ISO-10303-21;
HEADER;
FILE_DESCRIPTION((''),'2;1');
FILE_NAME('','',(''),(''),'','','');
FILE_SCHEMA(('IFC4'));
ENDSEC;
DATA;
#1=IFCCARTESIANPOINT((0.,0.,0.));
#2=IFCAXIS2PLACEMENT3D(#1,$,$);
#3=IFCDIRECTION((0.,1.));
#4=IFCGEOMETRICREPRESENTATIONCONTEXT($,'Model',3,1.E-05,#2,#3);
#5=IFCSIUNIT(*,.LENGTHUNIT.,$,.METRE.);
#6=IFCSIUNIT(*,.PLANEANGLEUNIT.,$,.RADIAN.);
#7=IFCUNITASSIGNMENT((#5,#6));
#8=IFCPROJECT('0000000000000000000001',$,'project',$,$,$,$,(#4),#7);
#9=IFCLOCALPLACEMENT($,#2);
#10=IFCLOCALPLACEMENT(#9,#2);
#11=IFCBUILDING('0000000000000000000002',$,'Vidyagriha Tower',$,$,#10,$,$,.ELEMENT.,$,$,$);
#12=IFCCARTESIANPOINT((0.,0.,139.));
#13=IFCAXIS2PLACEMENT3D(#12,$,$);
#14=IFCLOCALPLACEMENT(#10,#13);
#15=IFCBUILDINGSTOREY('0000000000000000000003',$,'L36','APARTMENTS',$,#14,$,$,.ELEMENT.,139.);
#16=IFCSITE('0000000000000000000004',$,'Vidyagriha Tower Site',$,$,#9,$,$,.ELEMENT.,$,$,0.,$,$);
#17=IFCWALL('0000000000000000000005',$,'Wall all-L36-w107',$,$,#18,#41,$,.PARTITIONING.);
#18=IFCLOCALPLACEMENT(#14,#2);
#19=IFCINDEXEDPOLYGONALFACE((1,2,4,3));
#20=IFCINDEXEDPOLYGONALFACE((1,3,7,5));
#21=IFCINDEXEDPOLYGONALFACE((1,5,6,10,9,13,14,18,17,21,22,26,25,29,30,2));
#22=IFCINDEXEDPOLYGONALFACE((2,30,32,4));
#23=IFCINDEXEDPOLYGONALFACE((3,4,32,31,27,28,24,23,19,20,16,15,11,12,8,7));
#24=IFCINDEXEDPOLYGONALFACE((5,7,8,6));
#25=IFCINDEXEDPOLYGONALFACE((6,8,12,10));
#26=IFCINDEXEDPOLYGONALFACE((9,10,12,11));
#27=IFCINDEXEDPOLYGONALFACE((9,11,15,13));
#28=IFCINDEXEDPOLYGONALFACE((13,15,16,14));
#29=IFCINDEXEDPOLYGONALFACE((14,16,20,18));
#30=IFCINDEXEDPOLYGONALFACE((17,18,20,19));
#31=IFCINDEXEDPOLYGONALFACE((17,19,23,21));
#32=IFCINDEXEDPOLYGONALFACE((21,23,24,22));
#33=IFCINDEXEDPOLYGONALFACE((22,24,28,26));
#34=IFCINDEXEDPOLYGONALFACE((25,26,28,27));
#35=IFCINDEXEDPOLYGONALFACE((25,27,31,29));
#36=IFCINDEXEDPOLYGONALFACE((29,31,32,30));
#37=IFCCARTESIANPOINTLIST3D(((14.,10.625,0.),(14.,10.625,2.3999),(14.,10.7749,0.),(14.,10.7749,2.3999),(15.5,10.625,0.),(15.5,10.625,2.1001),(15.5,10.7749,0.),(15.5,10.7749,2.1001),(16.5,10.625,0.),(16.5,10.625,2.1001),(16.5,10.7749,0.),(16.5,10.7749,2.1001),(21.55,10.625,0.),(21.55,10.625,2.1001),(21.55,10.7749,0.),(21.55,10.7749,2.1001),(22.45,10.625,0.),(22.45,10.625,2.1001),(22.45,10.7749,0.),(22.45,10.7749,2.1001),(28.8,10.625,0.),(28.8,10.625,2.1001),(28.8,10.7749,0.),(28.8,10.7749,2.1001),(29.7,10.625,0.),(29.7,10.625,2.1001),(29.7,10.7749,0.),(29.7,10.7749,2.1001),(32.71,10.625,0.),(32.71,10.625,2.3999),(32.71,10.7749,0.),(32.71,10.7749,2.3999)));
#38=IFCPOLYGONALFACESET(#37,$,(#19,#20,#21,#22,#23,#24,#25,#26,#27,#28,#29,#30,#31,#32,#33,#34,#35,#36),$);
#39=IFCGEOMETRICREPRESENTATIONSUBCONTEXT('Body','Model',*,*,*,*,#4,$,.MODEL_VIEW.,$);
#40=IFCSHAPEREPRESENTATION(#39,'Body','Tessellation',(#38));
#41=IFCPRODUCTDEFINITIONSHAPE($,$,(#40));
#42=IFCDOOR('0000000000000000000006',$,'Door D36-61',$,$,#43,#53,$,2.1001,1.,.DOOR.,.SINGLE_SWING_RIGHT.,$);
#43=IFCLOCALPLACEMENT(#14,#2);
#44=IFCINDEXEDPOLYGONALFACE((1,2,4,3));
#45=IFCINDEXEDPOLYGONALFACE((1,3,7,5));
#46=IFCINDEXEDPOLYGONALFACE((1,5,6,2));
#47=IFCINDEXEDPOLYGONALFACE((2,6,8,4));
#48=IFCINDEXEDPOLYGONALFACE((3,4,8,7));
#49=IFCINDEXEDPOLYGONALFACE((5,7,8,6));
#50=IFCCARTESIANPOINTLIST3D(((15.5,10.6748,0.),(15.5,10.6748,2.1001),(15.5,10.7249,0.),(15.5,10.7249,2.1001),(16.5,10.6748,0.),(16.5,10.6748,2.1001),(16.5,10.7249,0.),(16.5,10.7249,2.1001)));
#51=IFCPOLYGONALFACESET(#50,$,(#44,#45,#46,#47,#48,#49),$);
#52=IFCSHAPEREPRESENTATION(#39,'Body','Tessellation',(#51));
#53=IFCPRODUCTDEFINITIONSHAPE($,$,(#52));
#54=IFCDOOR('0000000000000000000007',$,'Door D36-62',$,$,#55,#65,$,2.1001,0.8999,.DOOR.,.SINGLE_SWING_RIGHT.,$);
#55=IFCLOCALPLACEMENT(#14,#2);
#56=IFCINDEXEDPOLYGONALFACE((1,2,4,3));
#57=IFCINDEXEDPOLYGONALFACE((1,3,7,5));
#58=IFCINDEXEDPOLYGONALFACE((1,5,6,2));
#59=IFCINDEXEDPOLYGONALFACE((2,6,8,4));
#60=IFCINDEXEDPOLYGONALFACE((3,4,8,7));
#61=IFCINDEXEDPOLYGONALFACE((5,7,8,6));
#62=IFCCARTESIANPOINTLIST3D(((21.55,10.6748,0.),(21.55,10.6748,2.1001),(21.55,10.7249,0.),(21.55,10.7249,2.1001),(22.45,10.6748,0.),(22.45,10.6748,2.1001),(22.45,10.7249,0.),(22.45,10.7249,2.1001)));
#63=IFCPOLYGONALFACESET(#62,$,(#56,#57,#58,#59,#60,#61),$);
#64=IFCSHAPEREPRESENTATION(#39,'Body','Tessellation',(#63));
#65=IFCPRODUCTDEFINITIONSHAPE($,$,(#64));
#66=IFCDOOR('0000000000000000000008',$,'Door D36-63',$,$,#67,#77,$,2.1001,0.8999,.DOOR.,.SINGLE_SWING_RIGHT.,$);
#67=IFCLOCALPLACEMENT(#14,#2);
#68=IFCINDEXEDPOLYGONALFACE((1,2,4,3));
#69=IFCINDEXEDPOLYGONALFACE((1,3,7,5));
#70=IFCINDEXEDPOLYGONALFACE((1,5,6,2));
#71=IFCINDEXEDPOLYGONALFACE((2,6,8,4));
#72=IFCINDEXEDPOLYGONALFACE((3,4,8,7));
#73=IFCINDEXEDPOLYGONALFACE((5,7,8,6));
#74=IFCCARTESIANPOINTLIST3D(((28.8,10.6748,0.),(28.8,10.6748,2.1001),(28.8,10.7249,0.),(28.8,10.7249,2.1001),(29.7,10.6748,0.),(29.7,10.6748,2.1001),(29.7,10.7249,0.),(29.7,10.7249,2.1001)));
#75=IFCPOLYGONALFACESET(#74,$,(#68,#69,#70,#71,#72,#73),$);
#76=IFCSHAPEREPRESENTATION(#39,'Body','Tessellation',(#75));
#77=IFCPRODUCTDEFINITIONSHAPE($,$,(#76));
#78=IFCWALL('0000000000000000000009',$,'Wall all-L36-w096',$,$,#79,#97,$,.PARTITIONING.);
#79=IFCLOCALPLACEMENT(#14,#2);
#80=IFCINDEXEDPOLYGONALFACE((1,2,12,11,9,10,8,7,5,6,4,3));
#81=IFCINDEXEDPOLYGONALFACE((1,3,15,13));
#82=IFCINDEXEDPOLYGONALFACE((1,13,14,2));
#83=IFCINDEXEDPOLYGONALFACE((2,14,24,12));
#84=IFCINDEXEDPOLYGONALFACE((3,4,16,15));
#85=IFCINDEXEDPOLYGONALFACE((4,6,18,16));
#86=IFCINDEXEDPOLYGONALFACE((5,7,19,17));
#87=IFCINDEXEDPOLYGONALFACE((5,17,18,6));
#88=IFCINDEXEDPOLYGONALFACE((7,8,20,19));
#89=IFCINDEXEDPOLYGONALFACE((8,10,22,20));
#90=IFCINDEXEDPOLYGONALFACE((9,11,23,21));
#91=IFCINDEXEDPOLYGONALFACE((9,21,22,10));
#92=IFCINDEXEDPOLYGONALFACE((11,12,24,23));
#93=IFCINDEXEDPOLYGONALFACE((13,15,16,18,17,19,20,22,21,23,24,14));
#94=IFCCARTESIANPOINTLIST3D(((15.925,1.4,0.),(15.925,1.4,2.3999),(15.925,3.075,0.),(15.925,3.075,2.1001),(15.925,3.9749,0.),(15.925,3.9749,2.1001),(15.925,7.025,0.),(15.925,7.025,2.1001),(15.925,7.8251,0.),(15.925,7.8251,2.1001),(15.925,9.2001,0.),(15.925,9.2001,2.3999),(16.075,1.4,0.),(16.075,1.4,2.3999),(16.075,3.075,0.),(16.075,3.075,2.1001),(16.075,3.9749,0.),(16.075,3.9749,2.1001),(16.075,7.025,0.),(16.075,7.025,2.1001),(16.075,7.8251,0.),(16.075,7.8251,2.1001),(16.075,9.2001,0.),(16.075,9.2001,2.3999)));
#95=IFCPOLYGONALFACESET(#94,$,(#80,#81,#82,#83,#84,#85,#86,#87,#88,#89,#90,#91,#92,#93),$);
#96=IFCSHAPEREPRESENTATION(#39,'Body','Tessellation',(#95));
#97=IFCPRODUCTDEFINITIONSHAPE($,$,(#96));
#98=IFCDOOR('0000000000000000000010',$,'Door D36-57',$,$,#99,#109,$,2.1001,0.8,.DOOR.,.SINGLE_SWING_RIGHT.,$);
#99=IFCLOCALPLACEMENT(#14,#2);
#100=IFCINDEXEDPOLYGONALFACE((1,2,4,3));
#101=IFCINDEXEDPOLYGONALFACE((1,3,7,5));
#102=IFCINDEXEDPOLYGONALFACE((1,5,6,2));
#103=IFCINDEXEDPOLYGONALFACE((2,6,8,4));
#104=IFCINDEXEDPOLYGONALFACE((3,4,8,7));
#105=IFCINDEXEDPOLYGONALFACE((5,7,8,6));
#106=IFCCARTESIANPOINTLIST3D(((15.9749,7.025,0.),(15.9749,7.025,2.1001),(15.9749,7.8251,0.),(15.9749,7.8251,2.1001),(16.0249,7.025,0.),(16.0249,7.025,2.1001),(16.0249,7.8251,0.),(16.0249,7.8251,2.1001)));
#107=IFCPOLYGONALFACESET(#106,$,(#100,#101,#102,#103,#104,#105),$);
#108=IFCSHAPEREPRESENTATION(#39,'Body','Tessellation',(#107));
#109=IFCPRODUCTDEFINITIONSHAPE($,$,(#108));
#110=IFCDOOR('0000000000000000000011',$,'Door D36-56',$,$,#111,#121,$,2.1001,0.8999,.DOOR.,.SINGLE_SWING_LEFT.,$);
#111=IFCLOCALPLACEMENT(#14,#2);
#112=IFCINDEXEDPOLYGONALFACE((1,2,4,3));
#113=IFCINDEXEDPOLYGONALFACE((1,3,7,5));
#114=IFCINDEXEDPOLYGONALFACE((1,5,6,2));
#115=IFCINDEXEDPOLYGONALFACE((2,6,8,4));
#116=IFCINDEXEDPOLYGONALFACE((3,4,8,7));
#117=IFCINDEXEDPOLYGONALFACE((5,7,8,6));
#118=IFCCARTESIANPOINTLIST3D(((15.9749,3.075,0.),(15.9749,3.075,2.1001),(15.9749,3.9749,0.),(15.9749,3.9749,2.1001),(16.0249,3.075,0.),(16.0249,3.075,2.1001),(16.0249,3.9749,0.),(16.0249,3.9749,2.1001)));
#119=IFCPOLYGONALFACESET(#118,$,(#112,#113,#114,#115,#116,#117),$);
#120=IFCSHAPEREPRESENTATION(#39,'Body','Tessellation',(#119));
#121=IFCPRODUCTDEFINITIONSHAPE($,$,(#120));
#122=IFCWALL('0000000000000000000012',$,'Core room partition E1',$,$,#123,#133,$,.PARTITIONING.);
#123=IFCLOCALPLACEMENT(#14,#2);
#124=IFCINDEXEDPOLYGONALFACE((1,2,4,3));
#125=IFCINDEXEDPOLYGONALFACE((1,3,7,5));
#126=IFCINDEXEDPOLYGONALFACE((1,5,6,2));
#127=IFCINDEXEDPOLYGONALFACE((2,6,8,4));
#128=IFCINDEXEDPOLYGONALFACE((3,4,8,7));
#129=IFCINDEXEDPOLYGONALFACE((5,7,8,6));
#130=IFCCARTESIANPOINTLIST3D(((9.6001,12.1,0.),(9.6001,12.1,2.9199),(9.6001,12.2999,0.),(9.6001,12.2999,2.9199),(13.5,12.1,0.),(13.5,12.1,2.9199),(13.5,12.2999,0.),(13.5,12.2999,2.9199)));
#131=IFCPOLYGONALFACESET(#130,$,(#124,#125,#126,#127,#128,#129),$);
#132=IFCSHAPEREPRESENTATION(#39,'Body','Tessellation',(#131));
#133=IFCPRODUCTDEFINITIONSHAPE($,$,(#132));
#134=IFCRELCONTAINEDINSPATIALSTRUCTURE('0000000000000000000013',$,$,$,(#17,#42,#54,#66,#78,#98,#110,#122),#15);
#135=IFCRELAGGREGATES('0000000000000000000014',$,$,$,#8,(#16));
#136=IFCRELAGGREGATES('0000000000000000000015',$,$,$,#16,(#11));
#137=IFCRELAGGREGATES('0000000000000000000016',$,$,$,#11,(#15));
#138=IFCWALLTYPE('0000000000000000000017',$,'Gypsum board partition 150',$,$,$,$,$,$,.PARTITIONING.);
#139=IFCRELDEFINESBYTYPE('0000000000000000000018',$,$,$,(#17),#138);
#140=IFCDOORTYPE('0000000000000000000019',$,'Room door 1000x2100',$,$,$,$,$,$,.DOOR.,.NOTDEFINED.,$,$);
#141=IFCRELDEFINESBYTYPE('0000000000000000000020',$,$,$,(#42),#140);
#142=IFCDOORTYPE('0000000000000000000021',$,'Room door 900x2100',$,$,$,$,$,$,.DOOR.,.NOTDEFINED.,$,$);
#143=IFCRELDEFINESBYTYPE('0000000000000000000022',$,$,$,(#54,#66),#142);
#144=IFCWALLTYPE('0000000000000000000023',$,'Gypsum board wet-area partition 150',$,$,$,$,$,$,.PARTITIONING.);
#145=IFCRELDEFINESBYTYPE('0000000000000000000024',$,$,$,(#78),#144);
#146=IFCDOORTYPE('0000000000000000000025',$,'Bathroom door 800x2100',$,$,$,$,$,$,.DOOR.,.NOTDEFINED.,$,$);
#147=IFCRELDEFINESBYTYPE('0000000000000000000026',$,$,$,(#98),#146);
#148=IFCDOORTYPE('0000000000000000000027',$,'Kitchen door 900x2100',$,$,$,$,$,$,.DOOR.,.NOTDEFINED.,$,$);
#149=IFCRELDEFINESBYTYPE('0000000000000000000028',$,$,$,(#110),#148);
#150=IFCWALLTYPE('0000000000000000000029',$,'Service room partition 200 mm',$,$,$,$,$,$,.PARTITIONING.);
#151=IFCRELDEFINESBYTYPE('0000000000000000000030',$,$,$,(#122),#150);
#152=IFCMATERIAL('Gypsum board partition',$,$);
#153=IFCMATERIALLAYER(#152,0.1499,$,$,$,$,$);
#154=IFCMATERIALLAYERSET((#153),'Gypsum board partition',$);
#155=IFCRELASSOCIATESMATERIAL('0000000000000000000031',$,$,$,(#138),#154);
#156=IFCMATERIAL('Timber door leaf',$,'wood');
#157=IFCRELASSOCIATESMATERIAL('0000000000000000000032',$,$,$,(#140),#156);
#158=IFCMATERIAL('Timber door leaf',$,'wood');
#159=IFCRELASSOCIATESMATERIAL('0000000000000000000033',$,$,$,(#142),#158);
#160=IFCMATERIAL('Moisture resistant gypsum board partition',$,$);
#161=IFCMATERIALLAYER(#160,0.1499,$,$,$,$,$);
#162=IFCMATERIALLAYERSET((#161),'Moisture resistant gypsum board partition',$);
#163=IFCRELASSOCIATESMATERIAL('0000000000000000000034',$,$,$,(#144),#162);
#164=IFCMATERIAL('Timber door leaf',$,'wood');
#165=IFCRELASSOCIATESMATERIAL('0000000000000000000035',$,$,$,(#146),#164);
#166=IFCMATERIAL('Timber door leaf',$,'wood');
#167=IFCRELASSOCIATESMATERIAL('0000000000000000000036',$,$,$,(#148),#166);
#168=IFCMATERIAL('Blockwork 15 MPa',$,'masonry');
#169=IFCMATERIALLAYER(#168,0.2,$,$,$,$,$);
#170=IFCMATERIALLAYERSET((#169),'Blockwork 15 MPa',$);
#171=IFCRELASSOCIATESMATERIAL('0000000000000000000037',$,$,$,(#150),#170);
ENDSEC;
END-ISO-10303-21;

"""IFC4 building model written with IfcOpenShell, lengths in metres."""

from ifc_helpers import new_model, si_unit, direction, frame, frame_2d, origin, place, context, subcontext, project, spatial, rectangle, extrude, material, layer, layer_set, type_object, element, fill, save


model = new_model("IFC4")

# Units and contexts
model_context = context("Model", 3, precision=1e-05, world=origin(), true_north=direction((0.0, 1.0)))
body_context = subcontext(model_context, "Body", "Model", "MODEL_VIEW")
ifc_project = project(units=[si_unit("LENGTHUNIT", "METRE"), si_unit("PLANEANGLEUNIT", "RADIAN")], contexts=[model_context])

# Site, building, storey
site_placement = place(None, origin())
site = spatial("IfcSite", under=ifc_project, at=site_placement, Name="Vidyagriha Tower Site", CompositionType="ELEMENT", RefElevation=0.0)
building_placement = place(site_placement, origin())
building = spatial("IfcBuilding", under=site, at=building_placement, Name="Vidyagriha Tower", CompositionType="ELEMENT")
storey_placement = place(building_placement, frame((0.0, 0.0, 139.0)))
storey = spatial("IfcBuildingStorey", under=building, at=storey_placement, Name="L36", Description="APARTMENTS", CompositionType="ELEMENT", Elevation=139.0)

# Shared definitions
ifc_material_1 = material(Name="Gypsum board partition")
ifc_layer_1 = layer(ifc_material_1, 0.1499)
ifc_layer_set_1 = layer_set([ifc_layer_1], Name="Gypsum board partition")
wall_type_1 = type_object("IfcWallType", Name="Gypsum board partition 150", PredefinedType="PARTITIONING", material=ifc_layer_set_1)

# Walls, openings, doors
wall_1_placement = place(storey_placement, frame((14.0, 10.7, 0.0)))
wall_1 = element("IfcWall", 1, at=wall_1_placement, inside=storey, type_object=wall_type_1, Name="Wall all-L36-w107", PredefinedType="PARTITIONING", context=body_context, shape_type="SweptSolid", body=[
    extrude(rectangle(XDim=18.71, YDim=0.1499, at=frame_2d((9.355, 0.0))), origin(), (0.0, 0.0, 1.0), 2.3999),
])
opening_1_placement = place(wall_1_placement, frame((1.5, 0.0, 0.0)))
opening_1 = element("IfcOpeningElement", 2, at=opening_1_placement, cuts=wall_1, PredefinedType="OPENING", context=body_context, shape_type="SweptSolid", body=[
    extrude(rectangle(XDim=1.0, YDim=2.1001, at=frame_2d((0.5, 1.05))), frame((0.0, 0.085, 0.0), z_axis=(0.0, -1.0, 0.0), x_axis=(1.0, 0.0, 0.0)), (0.0, 0.0, 1.0), 0.1699),
])
opening_2_placement = place(wall_1_placement, frame((7.55, 0.0, 0.0)))
opening_2 = element("IfcOpeningElement", 3, at=opening_2_placement, cuts=wall_1, PredefinedType="OPENING", context=body_context, shape_type="SweptSolid", body=[
    extrude(rectangle(XDim=0.8999, YDim=2.1001, at=frame_2d((0.45, 1.05))), frame((0.0, 0.085, 0.0), z_axis=(0.0, -1.0, 0.0), x_axis=(1.0, 0.0, 0.0)), (0.0, 0.0, 1.0), 0.1699),
])
opening_3_placement = place(wall_1_placement, frame((14.8, 0.0, 0.0)))
opening_3 = element("IfcOpeningElement", 4, at=opening_3_placement, cuts=wall_1, PredefinedType="OPENING", context=body_context, shape_type="SweptSolid", body=[
    extrude(rectangle(XDim=0.8999, YDim=2.1001, at=frame_2d((0.45, 1.05))), frame((0.0, 0.085, 0.0), z_axis=(0.0, -1.0, 0.0), x_axis=(1.0, 0.0, 0.0)), (0.0, 0.0, 1.0), 0.1699),
])
ifc_material_2 = material(Name="Timber door leaf", Category="wood")
door_type_1 = type_object("IfcDoorType", Name="Room door 1000x2100", OperationType="NOTDEFINED", PredefinedType="DOOR", material=ifc_material_2)
door_1_placement = place(opening_1_placement, origin())
door_1 = element("IfcDoor", 5, at=door_1_placement, inside=storey, type_object=door_type_1, Name="Door D36-61", OperationType="SINGLE_SWING_RIGHT", OverallHeight=2.1001, OverallWidth=1.0, PredefinedType="DOOR", context=body_context, shape_type="SweptSolid", body=[
    extrude(rectangle(XDim=1.0, YDim=2.1001, at=frame_2d((0.5, 1.05))), frame((0.0, 0.0249, 0.0), z_axis=(0.0, -1.0, 0.0), x_axis=(1.0, 0.0, 0.0)), (0.0, 0.0, 1.0), 0.05),
])
fill(opening_1, door_1)
ifc_material_3 = material(Name="Timber door leaf", Category="wood")
door_type_2 = type_object("IfcDoorType", Name="Room door 900x2100", OperationType="NOTDEFINED", PredefinedType="DOOR", material=ifc_material_3)
door_2_placement = place(opening_2_placement, origin())
door_2 = element("IfcDoor", 6, at=door_2_placement, inside=storey, type_object=door_type_2, Name="Door D36-62", OperationType="SINGLE_SWING_RIGHT", OverallHeight=2.1001, OverallWidth=0.8999, PredefinedType="DOOR", context=body_context, shape_type="SweptSolid", body=[
    extrude(rectangle(XDim=0.8999, YDim=2.1001, at=frame_2d((0.45, 1.05))), frame((0.0, 0.0249, 0.0), z_axis=(0.0, -1.0, 0.0), x_axis=(1.0, 0.0, 0.0)), (0.0, 0.0, 1.0), 0.05),
])
fill(opening_2, door_2)
door_3_placement = place(opening_3_placement, origin())
door_3 = element("IfcDoor", 7, at=door_3_placement, inside=storey, type_object=door_type_2, Name="Door D36-63", OperationType="SINGLE_SWING_RIGHT", OverallHeight=2.1001, OverallWidth=0.8999, PredefinedType="DOOR", context=body_context, shape_type="SweptSolid", body=[
    extrude(rectangle(XDim=0.8999, YDim=2.1001, at=frame_2d((0.45, 1.05))), frame((0.0, 0.0249, 0.0), z_axis=(0.0, -1.0, 0.0), x_axis=(1.0, 0.0, 0.0)), (0.0, 0.0, 1.0), 0.05),
])
fill(opening_3, door_3)
ifc_material_4 = material(Name="Moisture resistant gypsum board partition")
ifc_layer_2 = layer(ifc_material_4, 0.1499)
ifc_layer_set_2 = layer_set([ifc_layer_2], Name="Moisture resistant gypsum board partition")
wall_type_2 = type_object("IfcWallType", Name="Gypsum board wet-area partition 150", PredefinedType="PARTITIONING", material=ifc_layer_set_2)
wall_2_placement = place(storey_placement, frame((16.0, 9.2, 0.0), z_axis=(0.0, 0.0, 1.0), x_axis=(0.0, -1.0, 0.0)))
wall_2 = element("IfcWall", 8, at=wall_2_placement, inside=storey, type_object=wall_type_2, Name="Wall all-L36-w096", PredefinedType="PARTITIONING", context=body_context, shape_type="SweptSolid", body=[
    extrude(rectangle(XDim=7.8, YDim=0.1499, at=frame_2d((3.8999, 0.0))), origin(), (0.0, 0.0, 1.0), 2.3999),
])
opening_4_placement = place(wall_2_placement, frame((5.2251, 0.0, 0.0)))
opening_4 = element("IfcOpeningElement", 9, at=opening_4_placement, cuts=wall_2, PredefinedType="OPENING", context=body_context, shape_type="SweptSolid", body=[
    extrude(rectangle(XDim=0.8999, YDim=2.1001, at=frame_2d((0.45, 1.05))), frame((0.0, 0.085, 0.0), z_axis=(0.0, -1.0, 0.0), x_axis=(1.0, 0.0, 0.0)), (0.0, 0.0, 1.0), 0.1699),
])
opening_5_placement = place(wall_2_placement, frame((1.375, 0.0, 0.0)))
opening_5 = element("IfcOpeningElement", 10, at=opening_5_placement, cuts=wall_2, PredefinedType="OPENING", context=body_context, shape_type="SweptSolid", body=[
    extrude(rectangle(XDim=0.8, YDim=2.1001, at=frame_2d((0.3999, 1.05))), frame((0.0, 0.085, 0.0), z_axis=(0.0, -1.0, 0.0), x_axis=(1.0, 0.0, 0.0)), (0.0, 0.0, 1.0), 0.1699),
])
ifc_material_5 = material(Name="Timber door leaf", Category="wood")
door_type_3 = type_object("IfcDoorType", Name="Bathroom door 800x2100", OperationType="NOTDEFINED", PredefinedType="DOOR", material=ifc_material_5)
door_4_placement = place(opening_5_placement, origin())
door_4 = element("IfcDoor", 11, at=door_4_placement, inside=storey, type_object=door_type_3, Name="Door D36-57", OperationType="SINGLE_SWING_RIGHT", OverallHeight=2.1001, OverallWidth=0.8, PredefinedType="DOOR", context=body_context, shape_type="SweptSolid", body=[
    extrude(rectangle(XDim=0.8, YDim=2.1001, at=frame_2d((0.3999, 1.05))), frame((0.0, 0.0249, 0.0), z_axis=(0.0, -1.0, 0.0), x_axis=(1.0, 0.0, 0.0)), (0.0, 0.0, 1.0), 0.05),
])
fill(opening_5, door_4)
ifc_material_6 = material(Name="Timber door leaf", Category="wood")
door_type_4 = type_object("IfcDoorType", Name="Kitchen door 900x2100", OperationType="NOTDEFINED", PredefinedType="DOOR", material=ifc_material_6)
door_5_placement = place(opening_4_placement, origin())
door_5 = element("IfcDoor", 12, at=door_5_placement, inside=storey, type_object=door_type_4, Name="Door D36-56", OperationType="SINGLE_SWING_LEFT", OverallHeight=2.1001, OverallWidth=0.8999, PredefinedType="DOOR", context=body_context, shape_type="SweptSolid", body=[
    extrude(rectangle(XDim=0.8999, YDim=2.1001, at=frame_2d((0.45, 1.05))), frame((0.0, 0.0249, 0.0), z_axis=(0.0, -1.0, 0.0), x_axis=(1.0, 0.0, 0.0)), (0.0, 0.0, 1.0), 0.05),
])
fill(opening_4, door_5)

# Wall
ifc_material_7 = material(Name="Blockwork 15 MPa", Category="masonry")
ifc_layer_3 = layer(ifc_material_7, 0.2)
ifc_layer_set_3 = layer_set([ifc_layer_3], Name="Blockwork 15 MPa")
wall_type_3 = type_object("IfcWallType", Name="Service room partition 200 mm", PredefinedType="PARTITIONING", material=ifc_layer_set_3)
wall_3_placement = place(storey_placement, frame((9.6001, 12.2, 0.0)))
element("IfcWall", 13, at=wall_3_placement, inside=storey, type_object=wall_type_3, Name="Core room partition E1", PredefinedType="PARTITIONING", context=body_context, shape_type="SweptSolid", body=[
    extrude(rectangle(XDim=3.8999, YDim=0.2, at=frame_2d((1.95, 0.0))), origin(), (0.0, 0.0, 1.0), 2.9199),
])

save(model, "model.ifc")
